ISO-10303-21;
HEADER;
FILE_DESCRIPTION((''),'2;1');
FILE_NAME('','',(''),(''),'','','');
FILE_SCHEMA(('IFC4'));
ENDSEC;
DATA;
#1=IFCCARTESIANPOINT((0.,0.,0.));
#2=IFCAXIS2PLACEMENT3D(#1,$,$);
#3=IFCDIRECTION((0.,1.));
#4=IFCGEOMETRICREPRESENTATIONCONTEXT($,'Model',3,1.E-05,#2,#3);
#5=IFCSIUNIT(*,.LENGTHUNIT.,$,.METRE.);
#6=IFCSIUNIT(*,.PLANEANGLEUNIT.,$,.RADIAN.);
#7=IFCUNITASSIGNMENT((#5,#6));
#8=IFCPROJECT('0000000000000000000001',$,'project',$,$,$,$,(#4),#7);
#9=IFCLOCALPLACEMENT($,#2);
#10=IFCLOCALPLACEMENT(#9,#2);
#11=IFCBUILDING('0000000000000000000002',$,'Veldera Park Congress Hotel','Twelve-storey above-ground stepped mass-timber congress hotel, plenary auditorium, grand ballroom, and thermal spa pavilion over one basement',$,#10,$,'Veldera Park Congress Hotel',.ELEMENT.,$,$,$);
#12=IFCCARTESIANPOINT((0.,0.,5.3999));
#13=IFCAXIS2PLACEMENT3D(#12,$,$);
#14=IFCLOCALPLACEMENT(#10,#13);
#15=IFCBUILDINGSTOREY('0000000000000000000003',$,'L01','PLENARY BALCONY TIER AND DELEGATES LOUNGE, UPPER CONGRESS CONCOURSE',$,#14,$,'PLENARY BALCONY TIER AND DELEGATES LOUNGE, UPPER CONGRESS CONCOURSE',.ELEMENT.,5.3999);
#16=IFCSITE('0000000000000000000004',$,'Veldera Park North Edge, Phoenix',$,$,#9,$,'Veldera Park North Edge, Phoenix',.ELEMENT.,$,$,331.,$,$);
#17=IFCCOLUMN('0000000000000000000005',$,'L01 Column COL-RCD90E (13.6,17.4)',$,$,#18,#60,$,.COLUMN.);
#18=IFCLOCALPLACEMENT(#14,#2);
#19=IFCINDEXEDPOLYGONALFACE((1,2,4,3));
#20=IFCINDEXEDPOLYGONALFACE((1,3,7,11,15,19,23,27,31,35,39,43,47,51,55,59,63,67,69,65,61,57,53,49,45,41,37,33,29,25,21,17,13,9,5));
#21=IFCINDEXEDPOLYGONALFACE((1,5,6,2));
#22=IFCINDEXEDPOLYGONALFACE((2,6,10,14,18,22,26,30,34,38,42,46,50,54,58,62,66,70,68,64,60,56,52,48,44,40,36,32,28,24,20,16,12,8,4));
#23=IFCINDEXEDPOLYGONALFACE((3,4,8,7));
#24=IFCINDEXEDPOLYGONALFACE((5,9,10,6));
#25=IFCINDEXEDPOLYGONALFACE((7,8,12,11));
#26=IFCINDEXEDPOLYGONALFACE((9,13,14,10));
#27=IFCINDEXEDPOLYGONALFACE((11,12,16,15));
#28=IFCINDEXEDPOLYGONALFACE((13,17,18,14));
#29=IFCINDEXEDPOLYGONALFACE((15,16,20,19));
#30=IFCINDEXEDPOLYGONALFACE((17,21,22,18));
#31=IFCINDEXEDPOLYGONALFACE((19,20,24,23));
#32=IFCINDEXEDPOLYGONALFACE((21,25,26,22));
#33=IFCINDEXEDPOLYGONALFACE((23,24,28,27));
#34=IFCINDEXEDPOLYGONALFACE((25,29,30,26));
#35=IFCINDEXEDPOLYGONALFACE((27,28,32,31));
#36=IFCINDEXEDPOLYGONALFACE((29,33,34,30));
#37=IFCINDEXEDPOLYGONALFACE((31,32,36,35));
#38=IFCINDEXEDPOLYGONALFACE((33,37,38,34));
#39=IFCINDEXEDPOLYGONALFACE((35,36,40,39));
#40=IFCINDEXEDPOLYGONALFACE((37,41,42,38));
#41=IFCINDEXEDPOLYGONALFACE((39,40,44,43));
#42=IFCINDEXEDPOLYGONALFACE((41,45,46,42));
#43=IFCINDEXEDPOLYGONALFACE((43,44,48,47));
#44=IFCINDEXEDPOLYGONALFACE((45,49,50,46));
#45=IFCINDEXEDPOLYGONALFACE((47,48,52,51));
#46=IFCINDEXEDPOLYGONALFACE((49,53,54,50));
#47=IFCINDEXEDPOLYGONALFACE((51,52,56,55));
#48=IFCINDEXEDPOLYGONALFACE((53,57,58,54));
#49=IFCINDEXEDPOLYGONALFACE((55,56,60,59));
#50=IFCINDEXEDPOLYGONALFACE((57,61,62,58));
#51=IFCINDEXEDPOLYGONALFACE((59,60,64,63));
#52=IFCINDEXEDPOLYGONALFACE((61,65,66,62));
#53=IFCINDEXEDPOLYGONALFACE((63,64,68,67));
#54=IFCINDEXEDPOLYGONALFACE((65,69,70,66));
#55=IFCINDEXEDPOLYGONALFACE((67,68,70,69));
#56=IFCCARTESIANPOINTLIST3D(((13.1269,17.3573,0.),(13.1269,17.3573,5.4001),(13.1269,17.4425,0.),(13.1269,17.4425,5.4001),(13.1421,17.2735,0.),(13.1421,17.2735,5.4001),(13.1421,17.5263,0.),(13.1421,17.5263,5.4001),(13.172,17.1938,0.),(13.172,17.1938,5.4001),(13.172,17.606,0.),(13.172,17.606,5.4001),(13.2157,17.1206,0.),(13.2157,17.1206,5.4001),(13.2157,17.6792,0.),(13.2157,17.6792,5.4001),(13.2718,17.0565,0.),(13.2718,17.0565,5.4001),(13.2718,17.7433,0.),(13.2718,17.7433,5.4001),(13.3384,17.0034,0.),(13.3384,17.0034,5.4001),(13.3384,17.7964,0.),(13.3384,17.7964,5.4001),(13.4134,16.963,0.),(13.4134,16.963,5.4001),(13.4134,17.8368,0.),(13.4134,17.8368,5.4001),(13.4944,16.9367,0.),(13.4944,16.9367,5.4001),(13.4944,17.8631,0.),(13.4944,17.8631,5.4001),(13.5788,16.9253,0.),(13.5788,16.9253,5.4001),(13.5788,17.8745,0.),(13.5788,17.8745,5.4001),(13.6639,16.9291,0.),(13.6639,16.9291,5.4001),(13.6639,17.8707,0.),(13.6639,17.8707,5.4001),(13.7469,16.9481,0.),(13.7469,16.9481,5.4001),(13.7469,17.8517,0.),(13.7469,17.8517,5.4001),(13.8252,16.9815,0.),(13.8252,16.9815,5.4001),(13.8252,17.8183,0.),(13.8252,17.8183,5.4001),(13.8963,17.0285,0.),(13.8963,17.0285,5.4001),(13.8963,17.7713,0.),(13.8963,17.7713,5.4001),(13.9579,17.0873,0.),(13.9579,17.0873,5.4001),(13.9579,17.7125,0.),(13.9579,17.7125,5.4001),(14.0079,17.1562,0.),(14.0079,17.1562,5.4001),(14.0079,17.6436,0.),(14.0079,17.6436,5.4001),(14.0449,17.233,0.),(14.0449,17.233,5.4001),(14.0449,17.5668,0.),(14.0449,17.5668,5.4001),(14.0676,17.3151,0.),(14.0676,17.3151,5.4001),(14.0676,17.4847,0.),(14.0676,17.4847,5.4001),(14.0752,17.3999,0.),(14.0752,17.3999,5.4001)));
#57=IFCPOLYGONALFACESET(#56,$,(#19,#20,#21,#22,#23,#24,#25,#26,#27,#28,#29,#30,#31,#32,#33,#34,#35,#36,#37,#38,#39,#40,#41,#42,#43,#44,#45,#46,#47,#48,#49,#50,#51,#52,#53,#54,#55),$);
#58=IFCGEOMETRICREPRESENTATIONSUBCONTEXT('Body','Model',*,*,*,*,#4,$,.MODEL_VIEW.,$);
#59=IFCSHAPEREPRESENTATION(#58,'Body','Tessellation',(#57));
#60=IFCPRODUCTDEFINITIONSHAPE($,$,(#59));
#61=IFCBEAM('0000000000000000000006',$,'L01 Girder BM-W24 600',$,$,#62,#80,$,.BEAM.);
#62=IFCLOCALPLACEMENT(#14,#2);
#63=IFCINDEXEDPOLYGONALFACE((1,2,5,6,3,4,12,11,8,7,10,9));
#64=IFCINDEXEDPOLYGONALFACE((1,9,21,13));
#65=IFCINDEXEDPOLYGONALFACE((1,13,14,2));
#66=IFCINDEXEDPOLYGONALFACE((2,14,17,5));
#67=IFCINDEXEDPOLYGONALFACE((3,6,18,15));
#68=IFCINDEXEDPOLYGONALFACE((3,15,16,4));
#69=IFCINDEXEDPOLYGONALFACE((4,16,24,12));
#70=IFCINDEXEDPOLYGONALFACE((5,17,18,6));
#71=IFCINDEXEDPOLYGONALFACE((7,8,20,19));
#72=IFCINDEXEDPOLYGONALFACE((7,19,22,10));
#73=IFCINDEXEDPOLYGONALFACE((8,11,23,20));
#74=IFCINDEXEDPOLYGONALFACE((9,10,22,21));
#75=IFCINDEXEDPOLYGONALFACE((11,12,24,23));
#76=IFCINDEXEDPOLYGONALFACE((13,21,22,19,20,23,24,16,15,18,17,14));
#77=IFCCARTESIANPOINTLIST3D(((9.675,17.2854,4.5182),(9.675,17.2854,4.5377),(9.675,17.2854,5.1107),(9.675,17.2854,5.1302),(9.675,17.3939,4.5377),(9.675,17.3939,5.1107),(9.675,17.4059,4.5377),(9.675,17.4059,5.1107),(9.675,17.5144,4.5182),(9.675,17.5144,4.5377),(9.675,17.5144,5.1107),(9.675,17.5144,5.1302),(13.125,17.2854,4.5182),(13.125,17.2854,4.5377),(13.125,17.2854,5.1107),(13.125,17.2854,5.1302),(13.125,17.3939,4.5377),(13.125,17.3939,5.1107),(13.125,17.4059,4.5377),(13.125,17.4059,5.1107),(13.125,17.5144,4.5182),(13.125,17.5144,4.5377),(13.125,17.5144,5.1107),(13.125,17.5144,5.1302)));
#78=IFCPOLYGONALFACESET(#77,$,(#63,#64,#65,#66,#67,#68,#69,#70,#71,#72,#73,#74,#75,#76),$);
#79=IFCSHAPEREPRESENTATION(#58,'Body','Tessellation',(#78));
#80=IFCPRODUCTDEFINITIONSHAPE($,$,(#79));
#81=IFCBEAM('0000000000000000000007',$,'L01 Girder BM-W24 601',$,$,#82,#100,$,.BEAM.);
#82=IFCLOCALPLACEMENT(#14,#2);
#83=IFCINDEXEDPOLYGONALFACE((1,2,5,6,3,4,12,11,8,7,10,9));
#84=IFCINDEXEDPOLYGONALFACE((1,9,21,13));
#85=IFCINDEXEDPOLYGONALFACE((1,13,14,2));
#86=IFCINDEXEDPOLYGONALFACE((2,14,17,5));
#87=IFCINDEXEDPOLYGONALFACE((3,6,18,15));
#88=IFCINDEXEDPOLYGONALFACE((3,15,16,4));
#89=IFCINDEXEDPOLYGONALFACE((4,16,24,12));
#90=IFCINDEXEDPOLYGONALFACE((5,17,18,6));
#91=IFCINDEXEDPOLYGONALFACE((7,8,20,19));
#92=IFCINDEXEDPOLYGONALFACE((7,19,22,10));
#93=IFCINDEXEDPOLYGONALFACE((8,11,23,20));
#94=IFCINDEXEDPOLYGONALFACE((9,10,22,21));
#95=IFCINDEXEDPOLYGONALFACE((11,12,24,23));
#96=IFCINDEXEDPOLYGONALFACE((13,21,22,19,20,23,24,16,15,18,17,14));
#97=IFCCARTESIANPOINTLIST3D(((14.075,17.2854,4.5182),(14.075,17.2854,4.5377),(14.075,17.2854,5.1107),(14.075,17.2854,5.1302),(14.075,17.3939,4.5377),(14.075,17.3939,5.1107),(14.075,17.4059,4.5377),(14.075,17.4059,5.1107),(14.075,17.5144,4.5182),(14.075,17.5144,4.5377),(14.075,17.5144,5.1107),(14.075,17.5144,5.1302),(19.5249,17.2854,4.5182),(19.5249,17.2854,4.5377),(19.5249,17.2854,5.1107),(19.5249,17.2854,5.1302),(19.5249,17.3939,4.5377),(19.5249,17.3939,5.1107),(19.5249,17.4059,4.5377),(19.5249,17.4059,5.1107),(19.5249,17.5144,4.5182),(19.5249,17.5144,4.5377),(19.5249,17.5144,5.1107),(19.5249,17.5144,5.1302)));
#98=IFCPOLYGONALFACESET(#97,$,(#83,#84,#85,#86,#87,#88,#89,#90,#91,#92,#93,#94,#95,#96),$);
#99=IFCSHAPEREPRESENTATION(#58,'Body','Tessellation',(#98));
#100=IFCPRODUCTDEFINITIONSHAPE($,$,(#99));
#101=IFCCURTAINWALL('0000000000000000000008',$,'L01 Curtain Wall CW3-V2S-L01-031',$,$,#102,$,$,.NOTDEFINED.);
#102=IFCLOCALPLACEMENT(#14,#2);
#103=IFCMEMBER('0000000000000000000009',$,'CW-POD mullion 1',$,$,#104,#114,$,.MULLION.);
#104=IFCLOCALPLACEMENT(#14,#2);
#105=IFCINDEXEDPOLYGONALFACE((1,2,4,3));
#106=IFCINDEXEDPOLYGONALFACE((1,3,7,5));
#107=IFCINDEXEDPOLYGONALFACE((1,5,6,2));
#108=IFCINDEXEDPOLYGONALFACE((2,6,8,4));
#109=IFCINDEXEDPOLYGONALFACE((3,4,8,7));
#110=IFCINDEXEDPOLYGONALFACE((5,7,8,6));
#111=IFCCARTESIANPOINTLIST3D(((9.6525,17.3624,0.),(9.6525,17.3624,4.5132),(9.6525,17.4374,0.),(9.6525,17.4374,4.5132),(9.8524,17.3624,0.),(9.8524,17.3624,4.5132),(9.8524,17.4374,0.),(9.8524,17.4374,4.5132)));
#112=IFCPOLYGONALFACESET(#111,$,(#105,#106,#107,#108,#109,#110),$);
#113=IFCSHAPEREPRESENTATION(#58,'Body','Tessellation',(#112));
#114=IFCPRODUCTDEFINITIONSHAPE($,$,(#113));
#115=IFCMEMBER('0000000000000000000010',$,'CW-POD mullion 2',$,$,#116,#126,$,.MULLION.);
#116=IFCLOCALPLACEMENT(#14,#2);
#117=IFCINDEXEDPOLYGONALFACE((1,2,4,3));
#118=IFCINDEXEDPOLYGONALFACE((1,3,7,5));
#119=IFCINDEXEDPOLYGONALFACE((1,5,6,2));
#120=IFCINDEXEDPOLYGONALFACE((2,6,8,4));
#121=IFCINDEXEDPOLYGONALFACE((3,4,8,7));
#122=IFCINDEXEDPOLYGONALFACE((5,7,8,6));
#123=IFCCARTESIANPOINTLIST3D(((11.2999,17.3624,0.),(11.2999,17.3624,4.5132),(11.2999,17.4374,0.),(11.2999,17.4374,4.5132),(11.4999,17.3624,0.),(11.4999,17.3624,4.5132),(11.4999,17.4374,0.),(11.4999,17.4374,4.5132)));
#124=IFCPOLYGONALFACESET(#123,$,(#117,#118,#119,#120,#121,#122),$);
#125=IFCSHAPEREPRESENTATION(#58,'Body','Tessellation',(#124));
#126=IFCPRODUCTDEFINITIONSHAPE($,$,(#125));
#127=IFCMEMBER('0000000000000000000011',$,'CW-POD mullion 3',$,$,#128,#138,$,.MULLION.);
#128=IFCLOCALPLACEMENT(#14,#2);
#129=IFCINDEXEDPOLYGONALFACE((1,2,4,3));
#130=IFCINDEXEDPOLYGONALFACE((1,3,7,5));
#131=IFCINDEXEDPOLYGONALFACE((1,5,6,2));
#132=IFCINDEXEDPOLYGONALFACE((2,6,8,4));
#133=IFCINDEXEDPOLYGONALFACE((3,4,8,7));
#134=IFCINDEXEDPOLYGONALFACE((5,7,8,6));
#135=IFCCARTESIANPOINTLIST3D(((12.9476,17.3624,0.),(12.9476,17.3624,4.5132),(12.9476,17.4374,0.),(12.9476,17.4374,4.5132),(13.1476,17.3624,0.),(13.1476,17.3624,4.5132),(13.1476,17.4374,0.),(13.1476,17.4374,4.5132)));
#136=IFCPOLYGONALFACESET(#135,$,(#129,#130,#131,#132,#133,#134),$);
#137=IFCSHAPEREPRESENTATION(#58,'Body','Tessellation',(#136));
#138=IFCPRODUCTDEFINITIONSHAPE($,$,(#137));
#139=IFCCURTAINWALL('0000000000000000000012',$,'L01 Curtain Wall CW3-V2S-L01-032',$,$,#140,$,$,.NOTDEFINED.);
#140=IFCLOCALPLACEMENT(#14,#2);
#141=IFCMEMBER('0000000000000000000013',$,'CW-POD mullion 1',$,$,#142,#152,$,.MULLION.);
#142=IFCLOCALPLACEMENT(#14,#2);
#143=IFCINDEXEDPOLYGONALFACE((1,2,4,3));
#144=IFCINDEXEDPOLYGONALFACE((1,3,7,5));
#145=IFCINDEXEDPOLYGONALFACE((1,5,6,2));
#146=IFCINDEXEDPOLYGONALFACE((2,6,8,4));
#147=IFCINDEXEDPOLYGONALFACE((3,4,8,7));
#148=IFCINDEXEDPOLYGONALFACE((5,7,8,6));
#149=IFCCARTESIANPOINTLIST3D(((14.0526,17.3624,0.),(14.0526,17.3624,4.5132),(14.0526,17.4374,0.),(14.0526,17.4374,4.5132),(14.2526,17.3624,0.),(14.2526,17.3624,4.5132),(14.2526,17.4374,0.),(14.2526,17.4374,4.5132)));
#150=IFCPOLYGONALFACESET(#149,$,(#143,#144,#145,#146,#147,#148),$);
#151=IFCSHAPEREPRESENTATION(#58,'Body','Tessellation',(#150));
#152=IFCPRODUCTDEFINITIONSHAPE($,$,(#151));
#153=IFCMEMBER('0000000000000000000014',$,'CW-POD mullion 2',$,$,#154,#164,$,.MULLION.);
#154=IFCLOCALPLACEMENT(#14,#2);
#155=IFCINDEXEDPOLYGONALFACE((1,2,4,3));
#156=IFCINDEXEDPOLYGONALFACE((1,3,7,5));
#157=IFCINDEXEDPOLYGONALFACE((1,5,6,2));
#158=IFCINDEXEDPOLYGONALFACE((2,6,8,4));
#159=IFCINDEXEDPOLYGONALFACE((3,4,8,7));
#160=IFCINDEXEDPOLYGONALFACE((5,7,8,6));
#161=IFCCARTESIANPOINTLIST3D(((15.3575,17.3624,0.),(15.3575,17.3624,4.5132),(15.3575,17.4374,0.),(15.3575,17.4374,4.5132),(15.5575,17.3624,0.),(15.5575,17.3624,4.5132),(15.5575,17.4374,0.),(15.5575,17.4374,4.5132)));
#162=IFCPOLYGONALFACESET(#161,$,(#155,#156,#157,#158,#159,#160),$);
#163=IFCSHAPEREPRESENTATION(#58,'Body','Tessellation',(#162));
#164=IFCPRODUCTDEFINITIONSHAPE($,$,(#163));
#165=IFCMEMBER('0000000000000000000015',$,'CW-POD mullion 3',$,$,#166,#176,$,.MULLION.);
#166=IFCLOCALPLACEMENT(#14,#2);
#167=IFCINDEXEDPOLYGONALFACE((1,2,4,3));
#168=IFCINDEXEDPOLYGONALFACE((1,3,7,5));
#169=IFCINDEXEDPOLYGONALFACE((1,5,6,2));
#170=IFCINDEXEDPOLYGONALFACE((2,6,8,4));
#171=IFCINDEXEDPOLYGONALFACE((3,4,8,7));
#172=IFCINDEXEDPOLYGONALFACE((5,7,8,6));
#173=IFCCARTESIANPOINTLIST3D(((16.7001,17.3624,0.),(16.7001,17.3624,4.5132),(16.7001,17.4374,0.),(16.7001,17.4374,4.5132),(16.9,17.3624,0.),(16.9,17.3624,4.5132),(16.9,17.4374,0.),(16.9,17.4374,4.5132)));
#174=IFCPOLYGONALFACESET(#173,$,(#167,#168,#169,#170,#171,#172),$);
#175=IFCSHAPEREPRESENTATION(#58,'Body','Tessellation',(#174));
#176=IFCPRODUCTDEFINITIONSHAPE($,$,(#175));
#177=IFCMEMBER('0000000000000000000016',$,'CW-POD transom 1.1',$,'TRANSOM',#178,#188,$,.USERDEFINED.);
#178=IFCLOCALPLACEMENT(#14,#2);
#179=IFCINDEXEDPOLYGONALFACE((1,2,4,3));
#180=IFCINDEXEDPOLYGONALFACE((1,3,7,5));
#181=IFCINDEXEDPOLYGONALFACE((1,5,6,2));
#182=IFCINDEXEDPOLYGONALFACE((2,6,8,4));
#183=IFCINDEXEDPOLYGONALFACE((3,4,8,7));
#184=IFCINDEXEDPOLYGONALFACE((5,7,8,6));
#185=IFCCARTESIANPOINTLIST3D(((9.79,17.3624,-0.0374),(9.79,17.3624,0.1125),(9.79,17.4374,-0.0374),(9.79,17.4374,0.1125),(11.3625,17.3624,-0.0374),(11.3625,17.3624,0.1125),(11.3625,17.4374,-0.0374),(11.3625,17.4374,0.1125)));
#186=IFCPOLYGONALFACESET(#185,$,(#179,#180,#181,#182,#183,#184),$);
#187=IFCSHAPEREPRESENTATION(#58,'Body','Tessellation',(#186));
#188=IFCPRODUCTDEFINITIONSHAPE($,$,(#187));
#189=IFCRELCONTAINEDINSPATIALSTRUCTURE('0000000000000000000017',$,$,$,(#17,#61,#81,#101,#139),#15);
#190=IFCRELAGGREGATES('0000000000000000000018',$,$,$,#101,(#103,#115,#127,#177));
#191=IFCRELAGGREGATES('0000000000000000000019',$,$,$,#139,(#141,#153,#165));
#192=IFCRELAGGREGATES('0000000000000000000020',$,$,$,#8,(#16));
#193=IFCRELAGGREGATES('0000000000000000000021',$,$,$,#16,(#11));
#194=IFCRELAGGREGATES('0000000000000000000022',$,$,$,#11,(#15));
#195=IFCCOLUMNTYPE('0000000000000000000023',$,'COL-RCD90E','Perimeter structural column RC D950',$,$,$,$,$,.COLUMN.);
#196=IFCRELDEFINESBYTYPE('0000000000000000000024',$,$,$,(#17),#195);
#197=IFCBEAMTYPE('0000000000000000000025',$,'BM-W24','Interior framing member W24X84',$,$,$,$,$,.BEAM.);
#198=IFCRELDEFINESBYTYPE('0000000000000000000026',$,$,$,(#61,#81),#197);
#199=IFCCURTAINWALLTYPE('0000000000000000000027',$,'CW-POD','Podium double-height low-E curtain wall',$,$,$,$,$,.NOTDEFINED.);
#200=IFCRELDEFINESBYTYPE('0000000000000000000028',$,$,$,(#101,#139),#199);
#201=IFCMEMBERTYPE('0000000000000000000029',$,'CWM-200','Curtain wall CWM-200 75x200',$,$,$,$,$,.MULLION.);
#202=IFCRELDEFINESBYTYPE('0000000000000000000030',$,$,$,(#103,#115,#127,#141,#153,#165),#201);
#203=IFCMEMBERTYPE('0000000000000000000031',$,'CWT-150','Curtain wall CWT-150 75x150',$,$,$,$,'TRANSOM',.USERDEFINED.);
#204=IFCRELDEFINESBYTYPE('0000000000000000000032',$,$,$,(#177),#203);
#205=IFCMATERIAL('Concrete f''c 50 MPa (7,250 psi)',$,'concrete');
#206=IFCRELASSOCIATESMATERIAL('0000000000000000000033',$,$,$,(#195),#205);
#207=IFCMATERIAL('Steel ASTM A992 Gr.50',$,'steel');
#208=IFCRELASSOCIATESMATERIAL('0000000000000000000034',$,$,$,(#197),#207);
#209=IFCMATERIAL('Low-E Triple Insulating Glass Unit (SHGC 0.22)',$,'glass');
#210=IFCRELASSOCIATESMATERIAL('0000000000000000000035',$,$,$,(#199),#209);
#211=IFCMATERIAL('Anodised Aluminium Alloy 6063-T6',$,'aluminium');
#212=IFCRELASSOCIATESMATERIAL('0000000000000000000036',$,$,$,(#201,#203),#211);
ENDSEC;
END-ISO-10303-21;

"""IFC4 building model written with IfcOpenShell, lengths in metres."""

from ifc_helpers import new_model, si_unit, direction, frame, origin, origin_2d, place, context, subcontext, project, spatial, rectangle, circle, i_section, extrude, material, material_profile, profile_set, type_object, element, aggregate, save


model = new_model("IFC4")

# Units and contexts
model_context = context("Model", 3, precision=1e-05, world=origin(), true_north=direction((0.0, 1.0)))
body_context = subcontext(model_context, "Body", "Model", "MODEL_VIEW")
ifc_project = project(units=[si_unit("LENGTHUNIT", "METRE"), si_unit("PLANEANGLEUNIT", "RADIAN")], contexts=[model_context])

# Site, building, storey
site_placement = place(None, origin())
site = spatial("IfcSite", under=ifc_project, at=site_placement, Name="Veldera Park North Edge, Phoenix", LongName="Veldera Park North Edge, Phoenix", CompositionType="ELEMENT", RefElevation=331.0)
building_placement = place(site_placement, origin())
building = spatial("IfcBuilding", under=site, at=building_placement, Name="Veldera Park Congress Hotel", Description="Twelve-storey above-ground stepped mass-timber congress hotel, plenary auditorium, grand ballroom, and thermal spa pavilion over one basement", LongName="Veldera Park Congress Hotel", CompositionType="ELEMENT")
storey_placement = place(building_placement, frame((0.0, 0.0, 5.3999)))
storey = spatial("IfcBuildingStorey", under=building, at=storey_placement, Name="L01", Description="PLENARY BALCONY TIER AND DELEGATES LOUNGE, UPPER CONGRESS CONCOURSE", LongName="PLENARY BALCONY TIER AND DELEGATES LOUNGE, UPPER CONGRESS CONCOURSE", CompositionType="ELEMENT", Elevation=5.3999)

# Column
ifc_material_1 = material(Name="Concrete f'c 50 MPa (7,250 psi)", Category="concrete")
ifc_material_profile_1 = material_profile(ifc_material_1, circle(Radius=0.4751, at=origin_2d()), Name="RC D950")
ifc_profile_set_1 = profile_set([ifc_material_profile_1], Name="Concrete f'c 50 MPa (7,250 psi)")
column_type = type_object("IfcColumnType", Name="COL-RCD90E", Description="Perimeter structural column RC D950", PredefinedType="COLUMN", material=ifc_profile_set_1)
column_placement = place(storey_placement, frame((13.6001, 17.3999, 0.0), z_axis=(0.0, 0.0, 1.0), x_axis=(1.0, 0.0, 0.0)))
element("IfcColumn", 1, at=column_placement, inside=storey, type_object=column_type, Name="L01 Column COL-RCD90E (13.6,17.4)", PredefinedType="COLUMN", context=body_context, shape_type="SweptSolid", body=[
    extrude(circle(Radius=0.4751, at=origin_2d()), origin(), (0.0, 0.0, 1.0), 5.4001),
])

# Beams
ifc_material_2 = material(Name="Steel ASTM A992 Gr.50", Category="steel")
ifc_material_profile_2 = material_profile(ifc_material_2, i_section(OverallWidth=0.229, OverallDepth=0.6121, WebThickness=0.012, FlangeThickness=0.0195, at=origin_2d()), Name="W24X84")
ifc_profile_set_2 = profile_set([ifc_material_profile_2], Name="Steel ASTM A992 Gr.50")
beam_type = type_object("IfcBeamType", Name="BM-W24", Description="Interior framing member W24X84", PredefinedType="BEAM", material=ifc_profile_set_2)
beam_1_placement = place(storey_placement, frame((9.675, 17.3999, 4.8242), z_axis=(1.0, 0.0, 0.0), x_axis=(0.0, 1.0, 0.0)))
element("IfcBeam", 2, at=beam_1_placement, inside=storey, type_object=beam_type, Name="L01 Girder BM-W24 600", PredefinedType="BEAM", context=body_context, shape_type="SweptSolid", body=[
    extrude(i_section(OverallWidth=0.229, OverallDepth=0.6121, WebThickness=0.012, FlangeThickness=0.0195, at=origin_2d()), origin(), (0.0, 0.0, 1.0), 3.45),
])
beam_2_placement = place(storey_placement, frame((14.075, 17.3999, 4.8242), z_axis=(1.0, 0.0, 0.0), x_axis=(0.0, 1.0, 0.0)))
element("IfcBeam", 3, at=beam_2_placement, inside=storey, type_object=beam_type, Name="L01 Girder BM-W24 601", PredefinedType="BEAM", context=body_context, shape_type="SweptSolid", body=[
    extrude(i_section(OverallWidth=0.229, OverallDepth=0.6121, WebThickness=0.012, FlangeThickness=0.0195, at=origin_2d()), origin(), (0.0, 0.0, 1.0), 5.45),
])

# Curtain walls, members
ifc_material_3 = material(Name="Low-E Triple Insulating Glass Unit (SHGC 0.22)", Category="glass")
curtain_wall_type = type_object("IfcCurtainWallType", Name="CW-POD", Description="Podium double-height low-E curtain wall", PredefinedType="NOTDEFINED", material=ifc_material_3)
curtain_wall_1_placement = place(storey_placement, origin())
curtain_wall_1 = element("IfcCurtainWall", 4, at=curtain_wall_1_placement, inside=storey, type_object=curtain_wall_type, Name="L01 Curtain Wall CW3-V2S-L01-031", PredefinedType="NOTDEFINED")
ifc_material_4 = material(Name="Anodised Aluminium Alloy 6063-T6", Category="aluminium")
ifc_material_profile_3 = material_profile(ifc_material_4, rectangle(XDim=0.075, YDim=0.2, at=origin_2d()), Name="ALU 75x200")
ifc_profile_set_3 = profile_set([ifc_material_profile_3], Name="Anodised Aluminium Alloy 6063-T6")
member_type_1 = type_object("IfcMemberType", Name="CWM-200", Description="Curtain wall CWM-200 75x200", PredefinedType="MULLION", material=ifc_profile_set_3)
member_1_placement = place(storey_placement, frame((9.7524, 17.3999, 0.0), z_axis=(0.0, 0.0, 1.0), x_axis=(0.0, 1.0, 0.0)))
member_1 = element("IfcMember", 5, at=member_1_placement, type_object=member_type_1, Name="CW-POD mullion 1", PredefinedType="MULLION", context=body_context, shape_type="SweptSolid", body=[
    extrude(rectangle(XDim=0.075, YDim=0.2, at=origin_2d()), origin(), (0.0, 0.0, 1.0), 4.5132),
])
member_2_placement = place(storey_placement, frame((11.3999, 17.3999, 0.0), z_axis=(0.0, 0.0, 1.0), x_axis=(0.0, 1.0, 0.0)))
member_2 = element("IfcMember", 6, at=member_2_placement, type_object=member_type_1, Name="CW-POD mullion 2", PredefinedType="MULLION", context=body_context, shape_type="SweptSolid", body=[
    extrude(rectangle(XDim=0.075, YDim=0.2, at=origin_2d()), origin(), (0.0, 0.0, 1.0), 4.5132),
])
member_3_placement = place(storey_placement, frame((13.0476, 17.3999, 0.0), z_axis=(0.0, 0.0, 1.0), x_axis=(0.0, 1.0, 0.0)))
member_3 = element("IfcMember", 7, at=member_3_placement, type_object=member_type_1, Name="CW-POD mullion 3", PredefinedType="MULLION", context=body_context, shape_type="SweptSolid", body=[
    extrude(rectangle(XDim=0.075, YDim=0.2, at=origin_2d()), origin(), (0.0, 0.0, 1.0), 4.5132),
])
curtain_wall_2_placement = place(storey_placement, origin())
curtain_wall_2 = element("IfcCurtainWall", 8, at=curtain_wall_2_placement, inside=storey, type_object=curtain_wall_type, Name="L01 Curtain Wall CW3-V2S-L01-032", PredefinedType="NOTDEFINED")
member_4_placement = place(storey_placement, frame((14.1526, 17.3999, 0.0), z_axis=(0.0, 0.0, 1.0), x_axis=(0.0, 1.0, 0.0)))
member_4 = element("IfcMember", 9, at=member_4_placement, type_object=member_type_1, Name="CW-POD mullion 1", PredefinedType="MULLION", context=body_context, shape_type="SweptSolid", body=[
    extrude(rectangle(XDim=0.075, YDim=0.2, at=origin_2d()), origin(), (0.0, 0.0, 1.0), 4.5132),
])
member_5_placement = place(storey_placement, frame((15.4575, 17.3999, 0.0), z_axis=(0.0, 0.0, 1.0), x_axis=(0.0, 1.0, 0.0)))
member_5 = element("IfcMember", 10, at=member_5_placement, type_object=member_type_1, Name="CW-POD mullion 2", PredefinedType="MULLION", context=body_context, shape_type="SweptSolid", body=[
    extrude(rectangle(XDim=0.075, YDim=0.2, at=origin_2d()), origin(), (0.0, 0.0, 1.0), 4.5132),
])
member_6_placement = place(storey_placement, frame((16.8, 17.3999, 0.0), z_axis=(0.0, 0.0, 1.0), x_axis=(0.0, 1.0, 0.0)))
member_6 = element("IfcMember", 11, at=member_6_placement, type_object=member_type_1, Name="CW-POD mullion 3", PredefinedType="MULLION", context=body_context, shape_type="SweptSolid", body=[
    extrude(rectangle(XDim=0.075, YDim=0.2, at=origin_2d()), origin(), (0.0, 0.0, 1.0), 4.5132),
])

# Member
ifc_material_profile_4 = material_profile(ifc_material_4, rectangle(XDim=0.075, YDim=0.1499, at=origin_2d()), Name="ALU 75x150")
ifc_profile_set_4 = profile_set([ifc_material_profile_4], Name="Anodised Aluminium Alloy 6063-T6")
member_type_2 = type_object("IfcMemberType", Name="CWT-150", Description="Curtain wall CWT-150 75x150", ElementType="TRANSOM", PredefinedType="USERDEFINED", material=ifc_profile_set_4)
member_7_placement = place(storey_placement, frame((9.79, 17.3999, 0.0376), z_axis=(1.0, 0.0, 0.0), x_axis=(0.0, 1.0, 0.0)))
member_7 = element("IfcMember", 12, at=member_7_placement, type_object=member_type_2, Name="CW-POD transom 1.1", ObjectType="TRANSOM", PredefinedType="USERDEFINED", context=body_context, shape_type="SweptSolid", body=[
    extrude(rectangle(XDim=0.075, YDim=0.1499, at=origin_2d()), origin(), (0.0, 0.0, 1.0), 1.5725),
])

aggregate(curtain_wall_1, [member_1, member_2, member_3, member_7])
aggregate(curtain_wall_2, [member_4, member_5, member_6])

save(model, "model.ifc")
